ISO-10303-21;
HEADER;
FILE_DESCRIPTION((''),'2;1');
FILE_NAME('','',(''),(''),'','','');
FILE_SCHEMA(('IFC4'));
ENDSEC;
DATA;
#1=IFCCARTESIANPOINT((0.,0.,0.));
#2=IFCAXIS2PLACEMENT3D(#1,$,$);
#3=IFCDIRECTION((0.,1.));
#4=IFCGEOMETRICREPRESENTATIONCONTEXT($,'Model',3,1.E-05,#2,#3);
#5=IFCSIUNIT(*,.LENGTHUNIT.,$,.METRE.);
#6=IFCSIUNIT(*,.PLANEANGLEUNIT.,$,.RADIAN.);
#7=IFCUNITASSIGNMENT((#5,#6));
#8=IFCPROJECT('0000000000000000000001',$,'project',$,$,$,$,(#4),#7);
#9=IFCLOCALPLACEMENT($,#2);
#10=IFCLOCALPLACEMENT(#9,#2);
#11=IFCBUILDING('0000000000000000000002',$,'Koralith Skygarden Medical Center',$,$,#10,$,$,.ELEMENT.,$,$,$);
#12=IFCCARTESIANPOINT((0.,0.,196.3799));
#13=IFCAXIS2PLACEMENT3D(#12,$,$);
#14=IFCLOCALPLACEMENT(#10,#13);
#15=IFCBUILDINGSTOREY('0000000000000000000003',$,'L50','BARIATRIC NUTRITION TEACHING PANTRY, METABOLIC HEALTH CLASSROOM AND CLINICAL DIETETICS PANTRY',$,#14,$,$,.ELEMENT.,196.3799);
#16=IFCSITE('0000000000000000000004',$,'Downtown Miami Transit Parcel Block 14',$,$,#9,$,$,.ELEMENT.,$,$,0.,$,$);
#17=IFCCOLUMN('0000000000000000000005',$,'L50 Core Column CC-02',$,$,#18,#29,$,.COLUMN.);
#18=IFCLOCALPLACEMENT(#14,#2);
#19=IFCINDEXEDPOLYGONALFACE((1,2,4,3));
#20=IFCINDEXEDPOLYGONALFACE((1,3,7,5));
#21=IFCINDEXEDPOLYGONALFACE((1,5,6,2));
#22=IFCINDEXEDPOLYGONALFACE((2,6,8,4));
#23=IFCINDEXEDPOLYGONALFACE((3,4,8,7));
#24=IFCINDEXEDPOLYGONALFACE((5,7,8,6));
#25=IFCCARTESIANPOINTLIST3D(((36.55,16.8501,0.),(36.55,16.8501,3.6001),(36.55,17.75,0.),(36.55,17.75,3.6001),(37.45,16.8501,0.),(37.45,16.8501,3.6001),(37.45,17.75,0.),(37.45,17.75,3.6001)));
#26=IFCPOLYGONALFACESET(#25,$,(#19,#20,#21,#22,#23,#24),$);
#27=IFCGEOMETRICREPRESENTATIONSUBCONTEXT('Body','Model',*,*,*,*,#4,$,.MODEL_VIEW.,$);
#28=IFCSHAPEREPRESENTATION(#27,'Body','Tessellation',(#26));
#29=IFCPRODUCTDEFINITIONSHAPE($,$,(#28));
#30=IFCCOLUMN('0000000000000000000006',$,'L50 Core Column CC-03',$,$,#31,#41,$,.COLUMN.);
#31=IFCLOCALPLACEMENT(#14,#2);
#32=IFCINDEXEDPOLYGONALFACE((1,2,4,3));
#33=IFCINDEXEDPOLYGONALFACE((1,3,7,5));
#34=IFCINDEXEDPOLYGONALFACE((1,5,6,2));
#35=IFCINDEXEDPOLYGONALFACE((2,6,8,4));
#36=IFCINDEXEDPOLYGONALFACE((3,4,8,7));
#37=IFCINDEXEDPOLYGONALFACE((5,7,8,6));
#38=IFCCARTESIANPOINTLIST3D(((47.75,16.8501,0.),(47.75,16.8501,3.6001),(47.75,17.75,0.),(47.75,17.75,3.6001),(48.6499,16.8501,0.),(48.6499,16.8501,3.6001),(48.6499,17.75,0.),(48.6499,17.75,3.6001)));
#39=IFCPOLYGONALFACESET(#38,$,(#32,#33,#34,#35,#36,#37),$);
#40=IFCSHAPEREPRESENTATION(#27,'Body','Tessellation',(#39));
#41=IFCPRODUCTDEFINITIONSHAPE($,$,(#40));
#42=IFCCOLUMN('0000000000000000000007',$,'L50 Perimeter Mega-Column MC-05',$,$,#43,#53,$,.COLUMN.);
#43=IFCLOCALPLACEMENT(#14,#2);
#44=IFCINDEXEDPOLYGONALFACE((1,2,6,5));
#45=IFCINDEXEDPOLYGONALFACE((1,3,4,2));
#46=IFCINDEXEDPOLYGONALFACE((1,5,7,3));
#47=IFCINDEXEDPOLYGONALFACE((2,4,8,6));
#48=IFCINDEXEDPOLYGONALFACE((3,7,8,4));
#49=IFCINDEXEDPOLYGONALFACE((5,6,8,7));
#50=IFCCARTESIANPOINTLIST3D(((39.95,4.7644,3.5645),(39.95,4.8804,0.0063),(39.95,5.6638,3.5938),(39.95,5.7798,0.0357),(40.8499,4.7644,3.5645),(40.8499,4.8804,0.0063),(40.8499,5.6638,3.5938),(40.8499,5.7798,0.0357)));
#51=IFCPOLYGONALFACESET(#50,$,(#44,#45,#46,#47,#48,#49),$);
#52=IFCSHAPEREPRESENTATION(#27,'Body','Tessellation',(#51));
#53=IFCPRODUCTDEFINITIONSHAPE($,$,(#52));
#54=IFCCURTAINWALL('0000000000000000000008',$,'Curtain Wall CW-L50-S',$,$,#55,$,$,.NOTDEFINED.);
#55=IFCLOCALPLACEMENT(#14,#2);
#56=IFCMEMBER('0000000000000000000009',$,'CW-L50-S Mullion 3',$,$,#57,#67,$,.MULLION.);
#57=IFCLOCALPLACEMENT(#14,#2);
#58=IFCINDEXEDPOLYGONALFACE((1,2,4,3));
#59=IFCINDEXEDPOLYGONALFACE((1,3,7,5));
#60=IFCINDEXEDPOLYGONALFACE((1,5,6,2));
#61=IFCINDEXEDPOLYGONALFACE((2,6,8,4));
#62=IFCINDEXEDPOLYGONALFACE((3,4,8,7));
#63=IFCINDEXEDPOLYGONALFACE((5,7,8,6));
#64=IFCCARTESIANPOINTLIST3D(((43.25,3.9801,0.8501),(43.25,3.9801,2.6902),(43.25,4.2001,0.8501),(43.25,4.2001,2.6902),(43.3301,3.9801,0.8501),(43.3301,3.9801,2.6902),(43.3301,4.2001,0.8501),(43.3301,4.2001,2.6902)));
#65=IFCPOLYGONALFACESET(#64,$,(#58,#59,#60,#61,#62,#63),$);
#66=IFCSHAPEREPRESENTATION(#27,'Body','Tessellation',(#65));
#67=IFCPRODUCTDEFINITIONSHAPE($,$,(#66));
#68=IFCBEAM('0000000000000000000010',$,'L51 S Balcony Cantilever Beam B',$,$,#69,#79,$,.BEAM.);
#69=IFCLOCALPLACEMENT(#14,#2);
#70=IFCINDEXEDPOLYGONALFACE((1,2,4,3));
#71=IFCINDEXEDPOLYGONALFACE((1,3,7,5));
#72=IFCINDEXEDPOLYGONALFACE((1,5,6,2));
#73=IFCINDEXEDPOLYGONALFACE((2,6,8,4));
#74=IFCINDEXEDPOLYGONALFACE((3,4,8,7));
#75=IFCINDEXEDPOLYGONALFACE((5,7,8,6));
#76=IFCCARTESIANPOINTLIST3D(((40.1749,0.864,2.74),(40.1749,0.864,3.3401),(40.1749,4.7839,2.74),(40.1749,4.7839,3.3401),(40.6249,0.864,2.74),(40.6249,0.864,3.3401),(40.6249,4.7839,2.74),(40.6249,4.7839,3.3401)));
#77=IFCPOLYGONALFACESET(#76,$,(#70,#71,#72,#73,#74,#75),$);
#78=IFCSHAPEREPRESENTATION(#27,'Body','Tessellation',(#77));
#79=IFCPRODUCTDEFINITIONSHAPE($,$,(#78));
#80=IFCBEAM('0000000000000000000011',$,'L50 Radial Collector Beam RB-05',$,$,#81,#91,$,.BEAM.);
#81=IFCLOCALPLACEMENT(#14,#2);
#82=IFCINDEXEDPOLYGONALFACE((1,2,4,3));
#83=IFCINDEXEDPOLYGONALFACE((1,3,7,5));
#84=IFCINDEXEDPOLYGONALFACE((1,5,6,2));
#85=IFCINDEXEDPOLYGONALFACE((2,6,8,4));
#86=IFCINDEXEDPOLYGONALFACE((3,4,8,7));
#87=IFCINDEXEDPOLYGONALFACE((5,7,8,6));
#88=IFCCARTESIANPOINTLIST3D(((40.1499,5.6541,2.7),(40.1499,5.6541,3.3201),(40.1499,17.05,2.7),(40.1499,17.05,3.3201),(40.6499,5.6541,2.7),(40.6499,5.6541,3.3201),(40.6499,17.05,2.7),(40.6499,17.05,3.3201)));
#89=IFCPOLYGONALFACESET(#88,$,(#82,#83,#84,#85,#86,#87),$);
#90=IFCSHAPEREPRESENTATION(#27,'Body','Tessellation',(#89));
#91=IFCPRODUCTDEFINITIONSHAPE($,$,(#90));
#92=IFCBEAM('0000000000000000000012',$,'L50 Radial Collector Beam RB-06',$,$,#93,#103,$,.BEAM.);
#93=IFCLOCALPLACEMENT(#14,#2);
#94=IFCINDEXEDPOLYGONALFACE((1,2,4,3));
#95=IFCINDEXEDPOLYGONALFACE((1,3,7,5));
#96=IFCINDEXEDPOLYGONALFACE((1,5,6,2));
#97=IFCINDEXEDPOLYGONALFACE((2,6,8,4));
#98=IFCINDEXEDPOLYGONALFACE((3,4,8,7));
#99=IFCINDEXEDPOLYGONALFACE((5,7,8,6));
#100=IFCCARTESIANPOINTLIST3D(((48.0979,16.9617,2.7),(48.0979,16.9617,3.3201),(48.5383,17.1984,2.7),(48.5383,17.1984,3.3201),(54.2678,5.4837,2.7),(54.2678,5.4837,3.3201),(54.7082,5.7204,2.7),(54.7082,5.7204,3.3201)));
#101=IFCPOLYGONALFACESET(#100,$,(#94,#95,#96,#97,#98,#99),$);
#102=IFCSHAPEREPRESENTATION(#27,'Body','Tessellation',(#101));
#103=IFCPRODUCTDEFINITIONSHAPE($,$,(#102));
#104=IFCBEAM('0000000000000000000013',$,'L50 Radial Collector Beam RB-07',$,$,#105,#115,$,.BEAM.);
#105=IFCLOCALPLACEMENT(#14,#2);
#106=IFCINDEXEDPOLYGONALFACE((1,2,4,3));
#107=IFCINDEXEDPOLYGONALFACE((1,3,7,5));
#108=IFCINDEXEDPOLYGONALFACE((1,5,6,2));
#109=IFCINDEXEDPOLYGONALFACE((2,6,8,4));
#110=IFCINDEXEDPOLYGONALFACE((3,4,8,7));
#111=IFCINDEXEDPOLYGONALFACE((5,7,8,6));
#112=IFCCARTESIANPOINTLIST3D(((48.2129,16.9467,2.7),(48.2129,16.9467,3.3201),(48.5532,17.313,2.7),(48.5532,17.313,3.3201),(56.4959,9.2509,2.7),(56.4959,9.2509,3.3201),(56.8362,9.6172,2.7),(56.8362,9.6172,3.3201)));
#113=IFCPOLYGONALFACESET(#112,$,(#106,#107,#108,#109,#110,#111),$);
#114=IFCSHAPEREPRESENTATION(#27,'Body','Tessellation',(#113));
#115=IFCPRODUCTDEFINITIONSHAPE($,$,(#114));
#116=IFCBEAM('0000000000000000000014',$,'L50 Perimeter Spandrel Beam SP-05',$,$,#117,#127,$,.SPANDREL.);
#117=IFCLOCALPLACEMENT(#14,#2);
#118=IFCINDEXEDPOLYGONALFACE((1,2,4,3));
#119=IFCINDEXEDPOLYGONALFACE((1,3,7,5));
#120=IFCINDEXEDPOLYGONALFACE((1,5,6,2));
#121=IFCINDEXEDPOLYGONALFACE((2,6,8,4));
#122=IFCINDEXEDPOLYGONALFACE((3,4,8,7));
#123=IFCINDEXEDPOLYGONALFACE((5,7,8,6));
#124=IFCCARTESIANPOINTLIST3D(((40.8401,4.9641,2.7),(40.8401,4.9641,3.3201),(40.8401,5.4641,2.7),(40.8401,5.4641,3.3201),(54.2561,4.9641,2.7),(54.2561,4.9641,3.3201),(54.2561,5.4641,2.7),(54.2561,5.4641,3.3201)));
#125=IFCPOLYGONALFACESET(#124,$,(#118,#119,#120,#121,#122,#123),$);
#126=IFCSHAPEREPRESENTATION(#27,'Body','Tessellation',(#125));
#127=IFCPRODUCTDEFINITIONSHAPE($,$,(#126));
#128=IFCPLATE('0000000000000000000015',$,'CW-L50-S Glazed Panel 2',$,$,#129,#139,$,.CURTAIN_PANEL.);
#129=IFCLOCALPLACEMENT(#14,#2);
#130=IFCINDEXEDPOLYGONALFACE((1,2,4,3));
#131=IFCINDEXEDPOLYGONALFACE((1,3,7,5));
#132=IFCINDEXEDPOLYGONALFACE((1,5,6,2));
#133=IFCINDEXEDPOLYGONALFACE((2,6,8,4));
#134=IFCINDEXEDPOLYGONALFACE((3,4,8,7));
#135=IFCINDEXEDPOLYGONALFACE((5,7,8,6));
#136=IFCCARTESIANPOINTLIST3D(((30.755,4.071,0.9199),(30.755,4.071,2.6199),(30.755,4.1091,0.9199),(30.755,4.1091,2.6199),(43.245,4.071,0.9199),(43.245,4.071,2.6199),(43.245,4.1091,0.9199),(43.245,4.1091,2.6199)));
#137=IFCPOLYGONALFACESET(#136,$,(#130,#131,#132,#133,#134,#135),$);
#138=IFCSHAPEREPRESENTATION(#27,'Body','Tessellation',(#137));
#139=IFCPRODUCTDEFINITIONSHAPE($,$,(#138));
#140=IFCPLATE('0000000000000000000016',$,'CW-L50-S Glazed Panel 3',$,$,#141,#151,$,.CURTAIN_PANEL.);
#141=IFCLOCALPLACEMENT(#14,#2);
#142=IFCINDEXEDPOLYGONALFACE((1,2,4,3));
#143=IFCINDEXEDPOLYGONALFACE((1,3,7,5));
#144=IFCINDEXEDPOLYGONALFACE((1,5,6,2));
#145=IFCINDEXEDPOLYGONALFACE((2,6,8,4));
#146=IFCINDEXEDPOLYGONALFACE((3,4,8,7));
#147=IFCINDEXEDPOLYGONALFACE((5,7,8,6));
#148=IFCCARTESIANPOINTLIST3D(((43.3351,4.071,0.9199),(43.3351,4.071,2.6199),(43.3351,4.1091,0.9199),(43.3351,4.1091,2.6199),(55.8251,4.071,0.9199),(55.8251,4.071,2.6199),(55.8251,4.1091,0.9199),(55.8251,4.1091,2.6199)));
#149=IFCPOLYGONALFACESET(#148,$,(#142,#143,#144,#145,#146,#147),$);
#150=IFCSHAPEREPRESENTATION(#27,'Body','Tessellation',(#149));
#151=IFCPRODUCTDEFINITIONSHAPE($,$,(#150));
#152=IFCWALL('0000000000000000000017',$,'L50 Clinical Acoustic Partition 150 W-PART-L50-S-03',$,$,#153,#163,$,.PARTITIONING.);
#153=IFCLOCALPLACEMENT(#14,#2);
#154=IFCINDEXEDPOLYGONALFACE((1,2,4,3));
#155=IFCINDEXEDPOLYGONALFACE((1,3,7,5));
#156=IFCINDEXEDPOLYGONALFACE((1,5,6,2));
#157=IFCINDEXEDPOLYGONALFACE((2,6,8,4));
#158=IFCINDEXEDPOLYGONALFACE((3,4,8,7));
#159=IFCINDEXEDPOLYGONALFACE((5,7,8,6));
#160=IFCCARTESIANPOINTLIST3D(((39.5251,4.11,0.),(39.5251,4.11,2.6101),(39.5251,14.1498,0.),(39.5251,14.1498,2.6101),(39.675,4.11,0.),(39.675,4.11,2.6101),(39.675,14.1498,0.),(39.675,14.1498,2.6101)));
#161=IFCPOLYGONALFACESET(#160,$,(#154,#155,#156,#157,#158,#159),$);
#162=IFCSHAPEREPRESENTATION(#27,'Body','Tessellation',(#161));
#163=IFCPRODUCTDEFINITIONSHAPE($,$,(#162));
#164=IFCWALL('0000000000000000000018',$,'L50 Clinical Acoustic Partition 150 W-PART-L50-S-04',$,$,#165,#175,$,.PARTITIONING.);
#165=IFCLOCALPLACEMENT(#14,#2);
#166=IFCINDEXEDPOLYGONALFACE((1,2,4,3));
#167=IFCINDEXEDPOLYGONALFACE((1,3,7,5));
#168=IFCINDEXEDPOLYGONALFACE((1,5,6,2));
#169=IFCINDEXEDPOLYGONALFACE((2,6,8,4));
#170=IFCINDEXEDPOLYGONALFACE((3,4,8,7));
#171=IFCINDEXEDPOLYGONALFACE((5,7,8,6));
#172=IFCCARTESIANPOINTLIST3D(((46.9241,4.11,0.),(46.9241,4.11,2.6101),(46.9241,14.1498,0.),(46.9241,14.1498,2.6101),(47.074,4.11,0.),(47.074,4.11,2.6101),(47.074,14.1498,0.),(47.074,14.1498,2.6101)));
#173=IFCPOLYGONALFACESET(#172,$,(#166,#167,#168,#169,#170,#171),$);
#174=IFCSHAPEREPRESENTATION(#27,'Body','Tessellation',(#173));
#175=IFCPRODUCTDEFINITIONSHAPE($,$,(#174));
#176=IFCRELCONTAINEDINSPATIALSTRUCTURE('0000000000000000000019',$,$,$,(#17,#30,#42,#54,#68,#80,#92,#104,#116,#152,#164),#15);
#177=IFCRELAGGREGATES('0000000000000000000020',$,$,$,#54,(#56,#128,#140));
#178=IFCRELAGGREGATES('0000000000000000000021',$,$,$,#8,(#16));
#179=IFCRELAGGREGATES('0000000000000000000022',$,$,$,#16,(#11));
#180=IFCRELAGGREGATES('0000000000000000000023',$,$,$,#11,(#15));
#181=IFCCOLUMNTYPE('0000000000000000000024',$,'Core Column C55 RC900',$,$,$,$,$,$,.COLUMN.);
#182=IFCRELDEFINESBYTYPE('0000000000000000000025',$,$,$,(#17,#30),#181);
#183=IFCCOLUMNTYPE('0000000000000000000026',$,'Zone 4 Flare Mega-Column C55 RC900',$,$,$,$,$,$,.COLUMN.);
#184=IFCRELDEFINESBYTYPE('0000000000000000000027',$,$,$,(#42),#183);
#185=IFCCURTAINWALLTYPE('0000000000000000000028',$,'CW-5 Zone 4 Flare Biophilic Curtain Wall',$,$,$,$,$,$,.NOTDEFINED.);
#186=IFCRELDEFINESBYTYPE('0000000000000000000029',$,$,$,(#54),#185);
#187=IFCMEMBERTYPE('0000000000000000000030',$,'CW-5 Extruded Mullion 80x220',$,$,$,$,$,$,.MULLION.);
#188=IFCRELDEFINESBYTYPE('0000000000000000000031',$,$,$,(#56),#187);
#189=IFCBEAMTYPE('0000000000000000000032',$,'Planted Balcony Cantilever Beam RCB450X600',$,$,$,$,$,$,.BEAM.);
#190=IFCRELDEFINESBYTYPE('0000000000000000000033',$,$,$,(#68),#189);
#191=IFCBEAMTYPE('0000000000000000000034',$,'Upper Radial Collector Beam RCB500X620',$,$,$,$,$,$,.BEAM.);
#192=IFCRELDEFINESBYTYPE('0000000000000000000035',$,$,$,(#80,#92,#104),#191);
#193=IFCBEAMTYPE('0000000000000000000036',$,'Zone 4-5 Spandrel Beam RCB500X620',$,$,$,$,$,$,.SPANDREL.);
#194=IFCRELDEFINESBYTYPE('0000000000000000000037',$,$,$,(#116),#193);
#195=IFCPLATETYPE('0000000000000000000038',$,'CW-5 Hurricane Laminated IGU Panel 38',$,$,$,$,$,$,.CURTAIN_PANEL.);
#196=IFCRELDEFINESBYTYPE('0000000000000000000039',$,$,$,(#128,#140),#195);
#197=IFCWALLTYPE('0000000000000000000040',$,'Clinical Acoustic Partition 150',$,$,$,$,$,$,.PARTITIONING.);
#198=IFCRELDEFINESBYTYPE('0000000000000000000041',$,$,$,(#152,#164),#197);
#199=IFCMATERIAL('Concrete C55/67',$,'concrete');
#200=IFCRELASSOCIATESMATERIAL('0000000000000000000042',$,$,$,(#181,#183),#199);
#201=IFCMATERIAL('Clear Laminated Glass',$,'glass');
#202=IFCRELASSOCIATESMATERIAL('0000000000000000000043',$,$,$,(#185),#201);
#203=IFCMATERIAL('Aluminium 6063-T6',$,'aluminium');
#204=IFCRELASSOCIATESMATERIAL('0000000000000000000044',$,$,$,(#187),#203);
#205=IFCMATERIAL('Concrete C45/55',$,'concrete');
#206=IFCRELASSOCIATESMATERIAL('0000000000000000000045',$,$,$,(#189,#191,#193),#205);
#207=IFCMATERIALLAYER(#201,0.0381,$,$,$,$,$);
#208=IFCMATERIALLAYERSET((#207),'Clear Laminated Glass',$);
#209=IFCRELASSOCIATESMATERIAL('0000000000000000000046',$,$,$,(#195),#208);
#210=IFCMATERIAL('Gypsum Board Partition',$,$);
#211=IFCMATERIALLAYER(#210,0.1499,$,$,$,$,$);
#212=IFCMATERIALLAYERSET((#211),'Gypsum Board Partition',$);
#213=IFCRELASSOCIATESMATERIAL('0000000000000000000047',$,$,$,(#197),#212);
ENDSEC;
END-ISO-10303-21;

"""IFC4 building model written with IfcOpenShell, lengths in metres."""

from ifc_helpers import new_model, si_unit, direction, frame, frame_2d, origin, origin_2d, place, context, subcontext, project, spatial, rectangle, extrude, material, layer, layer_set, material_profile, profile_set, type_object, element, aggregate, save


model = new_model("IFC4")

# Units and contexts
model_context = context("Model", 3, precision=1e-05, world=origin(), true_north=direction((0.0, 1.0)))
body_context = subcontext(model_context, "Body", "Model", "MODEL_VIEW")
ifc_project = project(units=[si_unit("LENGTHUNIT", "METRE"), si_unit("PLANEANGLEUNIT", "RADIAN")], contexts=[model_context])

# Site, building, storey
site_placement = place(None, origin())
site = spatial("IfcSite", under=ifc_project, at=site_placement, Name="Downtown Miami Transit Parcel Block 14", CompositionType="ELEMENT", RefElevation=0.0)
building_placement = place(site_placement, origin())
building = spatial("IfcBuilding", under=site, at=building_placement, Name="Koralith Skygarden Medical Center", CompositionType="ELEMENT")
storey_placement = place(building_placement, frame((0.0, 0.0, 196.3799)))
storey = spatial("IfcBuildingStorey", under=building, at=storey_placement, Name="L50", Description="BARIATRIC NUTRITION TEACHING PANTRY, METABOLIC HEALTH CLASSROOM AND CLINICAL DIETETICS PANTRY", CompositionType="ELEMENT", Elevation=196.3799)

# Columns
ifc_material_1 = material(Name="Concrete C55/67", Category="concrete")
ifc_material_profile_1 = material_profile(ifc_material_1, rectangle(XDim=0.8999, YDim=0.8999, at=origin_2d()), Name="RC900X900")
ifc_profile_set_1 = profile_set([ifc_material_profile_1], Name="Concrete C55/67")
column_type_1 = type_object("IfcColumnType", Name="Core Column C55 RC900", PredefinedType="COLUMN", material=ifc_profile_set_1)
for number, where, z_axis, x_axis, name in (
    (1, (37.0, 17.3, 0.0), (0.0, 0.0, 1.0), (1.0, 0.0, 0.0), "L50 Core Column CC-02"),
    (2, (48.2, 17.3, 0.0), (0.0, 0.0, 1.0), (1.0, 0.0, 0.0), "L50 Core Column CC-03"),
):
    element("IfcColumn", number, at=place(storey_placement, frame(where, z_axis=z_axis, x_axis=x_axis)), inside=storey, type_object=column_type_1, Name=name, PredefinedType="COLUMN", context=body_context, shape_type="SweptSolid", body=[
        extrude(rectangle(XDim=0.8999, YDim=0.8999, at=origin_2d()), origin(), (0.0, 0.0, 1.0), 3.6001),
    ])
ifc_material_profile_2 = material_profile(ifc_material_1, rectangle(XDim=0.8999, YDim=0.8999, at=origin_2d()), Name="RC900X900")
ifc_profile_set_2 = profile_set([ifc_material_profile_2], Name="Concrete C55/67")
column_type_2 = type_object("IfcColumnType", Name="Zone 4 Flare Mega-Column C55 RC900", PredefinedType="COLUMN", material=ifc_profile_set_2)
column_placement = place(storey_placement, frame((40.3999, 5.3301, 0.021), z_axis=(0.0, -0.032575, 0.999469), x_axis=(1.0, 0.0, 0.0)))
element("IfcColumn", 3, at=column_placement, inside=storey, type_object=column_type_2, Name="L50 Perimeter Mega-Column MC-05", PredefinedType="COLUMN", context=body_context, shape_type="SweptSolid", body=[
    extrude(rectangle(XDim=0.8999, YDim=0.8999, at=origin_2d()), origin(), (0.0, 0.0, 1.0), 3.5601),
])

# Curtain wall, member
ifc_material_2 = material(Name="Clear Laminated Glass", Category="glass")
curtain_wall_type = type_object("IfcCurtainWallType", Name="CW-5 Zone 4 Flare Biophilic Curtain Wall", PredefinedType="NOTDEFINED", material=ifc_material_2)
curtain_wall_placement = place(storey_placement, origin())
curtain_wall = element("IfcCurtainWall", 4, at=curtain_wall_placement, inside=storey, type_object=curtain_wall_type, Name="Curtain Wall CW-L50-S", PredefinedType="NOTDEFINED")
ifc_material_3 = material(Name="Aluminium 6063-T6", Category="aluminium")
ifc_material_profile_3 = material_profile(ifc_material_3, rectangle(XDim=0.0801, YDim=0.22, at=origin_2d()), Name="MUL80X220")
ifc_profile_set_3 = profile_set([ifc_material_profile_3], Name="Aluminium 6063-T6")
member_type = type_object("IfcMemberType", Name="CW-5 Extruded Mullion 80x220", PredefinedType="MULLION", material=ifc_profile_set_3)
member_placement = place(storey_placement, frame((43.29, 4.0901, 0.8501), z_axis=(0.0, 0.0, 1.0), x_axis=(1.0, 0.0, 0.0)))
member = element("IfcMember", 5, at=member_placement, type_object=member_type, Name="CW-L50-S Mullion 3", PredefinedType="MULLION", context=body_context, shape_type="SweptSolid", body=[
    extrude(rectangle(XDim=0.0801, YDim=0.22, at=origin_2d()), origin(), (0.0, 0.0, 1.0), 1.8401),
])

# Beams
ifc_material_4 = material(Name="Concrete C45/55", Category="concrete")
ifc_material_profile_4 = material_profile(ifc_material_4, rectangle(XDim=0.45, YDim=0.6001, at=origin_2d()), Name="RCB450X600")
ifc_profile_set_4 = profile_set([ifc_material_profile_4], Name="Concrete C45/55")
beam_type_1 = type_object("IfcBeamType", Name="Planted Balcony Cantilever Beam RCB450X600", PredefinedType="BEAM", material=ifc_profile_set_4)
beam_1_placement = place(storey_placement, frame((40.3999, 4.7839, 3.04), z_axis=(0.0, -1.0, 0.0), x_axis=(1.0, 0.0, 0.0)))
element("IfcBeam", 6, at=beam_1_placement, inside=storey, type_object=beam_type_1, Name="L51 S Balcony Cantilever Beam B", PredefinedType="BEAM", context=body_context, shape_type="SweptSolid", body=[
    extrude(rectangle(XDim=0.45, YDim=0.6001, at=origin_2d()), origin(), (0.0, 0.0, 1.0), 3.9199),
])
ifc_material_profile_5 = material_profile(ifc_material_4, rectangle(XDim=0.5, YDim=0.6201, at=origin_2d()), Name="RCB500X620")
ifc_profile_set_5 = profile_set([ifc_material_profile_5], Name="Concrete C45/55")
beam_type_2 = type_object("IfcBeamType", Name="Upper Radial Collector Beam RCB500X620", PredefinedType="BEAM", material=ifc_profile_set_5)
beam_2_placement = place(storey_placement, frame((40.3999, 17.05, 3.01), z_axis=(0.0, -1.0, 0.0), x_axis=(1.0, 0.0, 0.0)))
element("IfcBeam", 7, at=beam_2_placement, inside=storey, type_object=beam_type_2, Name="L50 Radial Collector Beam RB-05", PredefinedType="BEAM", context=body_context, shape_type="SweptSolid", body=[
    extrude(rectangle(XDim=0.5, YDim=0.6201, at=origin_2d()), origin(), (0.0, 0.0, 1.0), 11.396),
])
beam_3_placement = place(storey_placement, frame((48.3181, 17.0801, 3.01), z_axis=(0.473472, -0.880809, 0.0), x_axis=(0.880809, 0.473472, 0.0)))
element("IfcBeam", 8, at=beam_3_placement, inside=storey, type_object=beam_type_2, Name="L50 Radial Collector Beam RB-06", PredefinedType="BEAM", context=body_context, shape_type="SweptSolid", body=[
    extrude(rectangle(XDim=0.5, YDim=0.6201, at=origin_2d()), origin(), (0.0, 0.0, 1.0), 13.0312),
])
beam_4_placement = place(storey_placement, frame((48.3831, 17.1299, 3.01), z_axis=(0.732596, -0.680664, 0.0), x_axis=(0.680664, 0.732596, 0.0)))
element("IfcBeam", 9, at=beam_4_placement, inside=storey, type_object=beam_type_2, Name="L50 Radial Collector Beam RB-07", PredefinedType="BEAM", context=body_context, shape_type="SweptSolid", body=[
    extrude(rectangle(XDim=0.5, YDim=0.6201, at=origin_2d()), origin(), (0.0, 0.0, 1.0), 11.3064),
])
ifc_material_profile_6 = material_profile(ifc_material_4, rectangle(XDim=0.5, YDim=0.6201, at=origin_2d()), Name="RCB500X620")
ifc_profile_set_6 = profile_set([ifc_material_profile_6], Name="Concrete C45/55")
beam_type_3 = type_object("IfcBeamType", Name="Zone 4-5 Spandrel Beam RCB500X620", PredefinedType="SPANDREL", material=ifc_profile_set_6)
beam_5_placement = place(storey_placement, frame((40.8401, 5.2141, 3.01), z_axis=(1.0, 0.0, 0.0), x_axis=(0.0, 1.0, 0.0)))
element("IfcBeam", 10, at=beam_5_placement, inside=storey, type_object=beam_type_3, Name="L50 Perimeter Spandrel Beam SP-05", PredefinedType="SPANDREL", context=body_context, shape_type="SweptSolid", body=[
    extrude(rectangle(XDim=0.5, YDim=0.6201, at=origin_2d()), origin(), (0.0, 0.0, 1.0), 13.416),
])

# Plates
ifc_layer_1 = layer(ifc_material_2, 0.0381)
ifc_layer_set_1 = layer_set([ifc_layer_1], Name="Clear Laminated Glass")
plate_type = type_object("IfcPlateType", Name="CW-5 Hurricane Laminated IGU Panel 38", PredefinedType="CURTAIN_PANEL", material=ifc_layer_set_1)
plate_1_placement = place(storey_placement, frame((37.0, 4.0901, 0.9199), z_axis=(0.0, 0.0, 1.0), x_axis=(1.0, 0.0, 0.0)))
plate_1 = element("IfcPlate", 11, at=plate_1_placement, type_object=plate_type, Name="CW-L50-S Glazed Panel 2", PredefinedType="CURTAIN_PANEL", context=body_context, shape_type="SweptSolid", body=[
    extrude(rectangle(XDim=12.49, YDim=0.0381, at=origin_2d()), origin(), (0.0, 0.0, 1.0), 1.7),
])
plate_2_placement = place(storey_placement, frame((49.5801, 4.0901, 0.9199), z_axis=(0.0, 0.0, 1.0), x_axis=(1.0, 0.0, 0.0)))
plate_2 = element("IfcPlate", 12, at=plate_2_placement, type_object=plate_type, Name="CW-L50-S Glazed Panel 3", PredefinedType="CURTAIN_PANEL", context=body_context, shape_type="SweptSolid", body=[
    extrude(rectangle(XDim=12.49, YDim=0.0381, at=origin_2d()), origin(), (0.0, 0.0, 1.0), 1.7),
])
aggregate(curtain_wall, [member, plate_1, plate_2])

# Walls
ifc_material_5 = material(Name="Gypsum Board Partition")
ifc_layer_2 = layer(ifc_material_5, 0.1499)
ifc_layer_set_2 = layer_set([ifc_layer_2], Name="Gypsum Board Partition")
wall_type_1 = type_object("IfcWallType", Name="Clinical Acoustic Partition 150", PredefinedType="PARTITIONING", material=ifc_layer_set_2)
for number, where, z_axis, x_axis, name in (
    (13, (39.6001, 14.1499, 0.0), (0.0, 0.0, 1.0), (0.0, -1.0, 0.0), "L50 Clinical Acoustic Partition 150 W-PART-L50-S-03"),
    (14, (46.999, 14.1499, 0.0), (0.0, 0.0, 1.0), (0.0, -1.0, 0.0), "L50 Clinical Acoustic Partition 150 W-PART-L50-S-04"),
):
    element("IfcWall", number, at=place(storey_placement, frame(where, z_axis=z_axis, x_axis=x_axis)), inside=storey, type_object=wall_type_1, Name=name, PredefinedType="PARTITIONING", context=body_context, shape_type="SweptSolid", body=[
        extrude(rectangle(XDim=10.0398, YDim=0.1499, at=frame_2d((5.02, 0.0))), origin(), (0.0, 0.0, 1.0), 2.6101),
    ])

save(model, "model.ifc")
